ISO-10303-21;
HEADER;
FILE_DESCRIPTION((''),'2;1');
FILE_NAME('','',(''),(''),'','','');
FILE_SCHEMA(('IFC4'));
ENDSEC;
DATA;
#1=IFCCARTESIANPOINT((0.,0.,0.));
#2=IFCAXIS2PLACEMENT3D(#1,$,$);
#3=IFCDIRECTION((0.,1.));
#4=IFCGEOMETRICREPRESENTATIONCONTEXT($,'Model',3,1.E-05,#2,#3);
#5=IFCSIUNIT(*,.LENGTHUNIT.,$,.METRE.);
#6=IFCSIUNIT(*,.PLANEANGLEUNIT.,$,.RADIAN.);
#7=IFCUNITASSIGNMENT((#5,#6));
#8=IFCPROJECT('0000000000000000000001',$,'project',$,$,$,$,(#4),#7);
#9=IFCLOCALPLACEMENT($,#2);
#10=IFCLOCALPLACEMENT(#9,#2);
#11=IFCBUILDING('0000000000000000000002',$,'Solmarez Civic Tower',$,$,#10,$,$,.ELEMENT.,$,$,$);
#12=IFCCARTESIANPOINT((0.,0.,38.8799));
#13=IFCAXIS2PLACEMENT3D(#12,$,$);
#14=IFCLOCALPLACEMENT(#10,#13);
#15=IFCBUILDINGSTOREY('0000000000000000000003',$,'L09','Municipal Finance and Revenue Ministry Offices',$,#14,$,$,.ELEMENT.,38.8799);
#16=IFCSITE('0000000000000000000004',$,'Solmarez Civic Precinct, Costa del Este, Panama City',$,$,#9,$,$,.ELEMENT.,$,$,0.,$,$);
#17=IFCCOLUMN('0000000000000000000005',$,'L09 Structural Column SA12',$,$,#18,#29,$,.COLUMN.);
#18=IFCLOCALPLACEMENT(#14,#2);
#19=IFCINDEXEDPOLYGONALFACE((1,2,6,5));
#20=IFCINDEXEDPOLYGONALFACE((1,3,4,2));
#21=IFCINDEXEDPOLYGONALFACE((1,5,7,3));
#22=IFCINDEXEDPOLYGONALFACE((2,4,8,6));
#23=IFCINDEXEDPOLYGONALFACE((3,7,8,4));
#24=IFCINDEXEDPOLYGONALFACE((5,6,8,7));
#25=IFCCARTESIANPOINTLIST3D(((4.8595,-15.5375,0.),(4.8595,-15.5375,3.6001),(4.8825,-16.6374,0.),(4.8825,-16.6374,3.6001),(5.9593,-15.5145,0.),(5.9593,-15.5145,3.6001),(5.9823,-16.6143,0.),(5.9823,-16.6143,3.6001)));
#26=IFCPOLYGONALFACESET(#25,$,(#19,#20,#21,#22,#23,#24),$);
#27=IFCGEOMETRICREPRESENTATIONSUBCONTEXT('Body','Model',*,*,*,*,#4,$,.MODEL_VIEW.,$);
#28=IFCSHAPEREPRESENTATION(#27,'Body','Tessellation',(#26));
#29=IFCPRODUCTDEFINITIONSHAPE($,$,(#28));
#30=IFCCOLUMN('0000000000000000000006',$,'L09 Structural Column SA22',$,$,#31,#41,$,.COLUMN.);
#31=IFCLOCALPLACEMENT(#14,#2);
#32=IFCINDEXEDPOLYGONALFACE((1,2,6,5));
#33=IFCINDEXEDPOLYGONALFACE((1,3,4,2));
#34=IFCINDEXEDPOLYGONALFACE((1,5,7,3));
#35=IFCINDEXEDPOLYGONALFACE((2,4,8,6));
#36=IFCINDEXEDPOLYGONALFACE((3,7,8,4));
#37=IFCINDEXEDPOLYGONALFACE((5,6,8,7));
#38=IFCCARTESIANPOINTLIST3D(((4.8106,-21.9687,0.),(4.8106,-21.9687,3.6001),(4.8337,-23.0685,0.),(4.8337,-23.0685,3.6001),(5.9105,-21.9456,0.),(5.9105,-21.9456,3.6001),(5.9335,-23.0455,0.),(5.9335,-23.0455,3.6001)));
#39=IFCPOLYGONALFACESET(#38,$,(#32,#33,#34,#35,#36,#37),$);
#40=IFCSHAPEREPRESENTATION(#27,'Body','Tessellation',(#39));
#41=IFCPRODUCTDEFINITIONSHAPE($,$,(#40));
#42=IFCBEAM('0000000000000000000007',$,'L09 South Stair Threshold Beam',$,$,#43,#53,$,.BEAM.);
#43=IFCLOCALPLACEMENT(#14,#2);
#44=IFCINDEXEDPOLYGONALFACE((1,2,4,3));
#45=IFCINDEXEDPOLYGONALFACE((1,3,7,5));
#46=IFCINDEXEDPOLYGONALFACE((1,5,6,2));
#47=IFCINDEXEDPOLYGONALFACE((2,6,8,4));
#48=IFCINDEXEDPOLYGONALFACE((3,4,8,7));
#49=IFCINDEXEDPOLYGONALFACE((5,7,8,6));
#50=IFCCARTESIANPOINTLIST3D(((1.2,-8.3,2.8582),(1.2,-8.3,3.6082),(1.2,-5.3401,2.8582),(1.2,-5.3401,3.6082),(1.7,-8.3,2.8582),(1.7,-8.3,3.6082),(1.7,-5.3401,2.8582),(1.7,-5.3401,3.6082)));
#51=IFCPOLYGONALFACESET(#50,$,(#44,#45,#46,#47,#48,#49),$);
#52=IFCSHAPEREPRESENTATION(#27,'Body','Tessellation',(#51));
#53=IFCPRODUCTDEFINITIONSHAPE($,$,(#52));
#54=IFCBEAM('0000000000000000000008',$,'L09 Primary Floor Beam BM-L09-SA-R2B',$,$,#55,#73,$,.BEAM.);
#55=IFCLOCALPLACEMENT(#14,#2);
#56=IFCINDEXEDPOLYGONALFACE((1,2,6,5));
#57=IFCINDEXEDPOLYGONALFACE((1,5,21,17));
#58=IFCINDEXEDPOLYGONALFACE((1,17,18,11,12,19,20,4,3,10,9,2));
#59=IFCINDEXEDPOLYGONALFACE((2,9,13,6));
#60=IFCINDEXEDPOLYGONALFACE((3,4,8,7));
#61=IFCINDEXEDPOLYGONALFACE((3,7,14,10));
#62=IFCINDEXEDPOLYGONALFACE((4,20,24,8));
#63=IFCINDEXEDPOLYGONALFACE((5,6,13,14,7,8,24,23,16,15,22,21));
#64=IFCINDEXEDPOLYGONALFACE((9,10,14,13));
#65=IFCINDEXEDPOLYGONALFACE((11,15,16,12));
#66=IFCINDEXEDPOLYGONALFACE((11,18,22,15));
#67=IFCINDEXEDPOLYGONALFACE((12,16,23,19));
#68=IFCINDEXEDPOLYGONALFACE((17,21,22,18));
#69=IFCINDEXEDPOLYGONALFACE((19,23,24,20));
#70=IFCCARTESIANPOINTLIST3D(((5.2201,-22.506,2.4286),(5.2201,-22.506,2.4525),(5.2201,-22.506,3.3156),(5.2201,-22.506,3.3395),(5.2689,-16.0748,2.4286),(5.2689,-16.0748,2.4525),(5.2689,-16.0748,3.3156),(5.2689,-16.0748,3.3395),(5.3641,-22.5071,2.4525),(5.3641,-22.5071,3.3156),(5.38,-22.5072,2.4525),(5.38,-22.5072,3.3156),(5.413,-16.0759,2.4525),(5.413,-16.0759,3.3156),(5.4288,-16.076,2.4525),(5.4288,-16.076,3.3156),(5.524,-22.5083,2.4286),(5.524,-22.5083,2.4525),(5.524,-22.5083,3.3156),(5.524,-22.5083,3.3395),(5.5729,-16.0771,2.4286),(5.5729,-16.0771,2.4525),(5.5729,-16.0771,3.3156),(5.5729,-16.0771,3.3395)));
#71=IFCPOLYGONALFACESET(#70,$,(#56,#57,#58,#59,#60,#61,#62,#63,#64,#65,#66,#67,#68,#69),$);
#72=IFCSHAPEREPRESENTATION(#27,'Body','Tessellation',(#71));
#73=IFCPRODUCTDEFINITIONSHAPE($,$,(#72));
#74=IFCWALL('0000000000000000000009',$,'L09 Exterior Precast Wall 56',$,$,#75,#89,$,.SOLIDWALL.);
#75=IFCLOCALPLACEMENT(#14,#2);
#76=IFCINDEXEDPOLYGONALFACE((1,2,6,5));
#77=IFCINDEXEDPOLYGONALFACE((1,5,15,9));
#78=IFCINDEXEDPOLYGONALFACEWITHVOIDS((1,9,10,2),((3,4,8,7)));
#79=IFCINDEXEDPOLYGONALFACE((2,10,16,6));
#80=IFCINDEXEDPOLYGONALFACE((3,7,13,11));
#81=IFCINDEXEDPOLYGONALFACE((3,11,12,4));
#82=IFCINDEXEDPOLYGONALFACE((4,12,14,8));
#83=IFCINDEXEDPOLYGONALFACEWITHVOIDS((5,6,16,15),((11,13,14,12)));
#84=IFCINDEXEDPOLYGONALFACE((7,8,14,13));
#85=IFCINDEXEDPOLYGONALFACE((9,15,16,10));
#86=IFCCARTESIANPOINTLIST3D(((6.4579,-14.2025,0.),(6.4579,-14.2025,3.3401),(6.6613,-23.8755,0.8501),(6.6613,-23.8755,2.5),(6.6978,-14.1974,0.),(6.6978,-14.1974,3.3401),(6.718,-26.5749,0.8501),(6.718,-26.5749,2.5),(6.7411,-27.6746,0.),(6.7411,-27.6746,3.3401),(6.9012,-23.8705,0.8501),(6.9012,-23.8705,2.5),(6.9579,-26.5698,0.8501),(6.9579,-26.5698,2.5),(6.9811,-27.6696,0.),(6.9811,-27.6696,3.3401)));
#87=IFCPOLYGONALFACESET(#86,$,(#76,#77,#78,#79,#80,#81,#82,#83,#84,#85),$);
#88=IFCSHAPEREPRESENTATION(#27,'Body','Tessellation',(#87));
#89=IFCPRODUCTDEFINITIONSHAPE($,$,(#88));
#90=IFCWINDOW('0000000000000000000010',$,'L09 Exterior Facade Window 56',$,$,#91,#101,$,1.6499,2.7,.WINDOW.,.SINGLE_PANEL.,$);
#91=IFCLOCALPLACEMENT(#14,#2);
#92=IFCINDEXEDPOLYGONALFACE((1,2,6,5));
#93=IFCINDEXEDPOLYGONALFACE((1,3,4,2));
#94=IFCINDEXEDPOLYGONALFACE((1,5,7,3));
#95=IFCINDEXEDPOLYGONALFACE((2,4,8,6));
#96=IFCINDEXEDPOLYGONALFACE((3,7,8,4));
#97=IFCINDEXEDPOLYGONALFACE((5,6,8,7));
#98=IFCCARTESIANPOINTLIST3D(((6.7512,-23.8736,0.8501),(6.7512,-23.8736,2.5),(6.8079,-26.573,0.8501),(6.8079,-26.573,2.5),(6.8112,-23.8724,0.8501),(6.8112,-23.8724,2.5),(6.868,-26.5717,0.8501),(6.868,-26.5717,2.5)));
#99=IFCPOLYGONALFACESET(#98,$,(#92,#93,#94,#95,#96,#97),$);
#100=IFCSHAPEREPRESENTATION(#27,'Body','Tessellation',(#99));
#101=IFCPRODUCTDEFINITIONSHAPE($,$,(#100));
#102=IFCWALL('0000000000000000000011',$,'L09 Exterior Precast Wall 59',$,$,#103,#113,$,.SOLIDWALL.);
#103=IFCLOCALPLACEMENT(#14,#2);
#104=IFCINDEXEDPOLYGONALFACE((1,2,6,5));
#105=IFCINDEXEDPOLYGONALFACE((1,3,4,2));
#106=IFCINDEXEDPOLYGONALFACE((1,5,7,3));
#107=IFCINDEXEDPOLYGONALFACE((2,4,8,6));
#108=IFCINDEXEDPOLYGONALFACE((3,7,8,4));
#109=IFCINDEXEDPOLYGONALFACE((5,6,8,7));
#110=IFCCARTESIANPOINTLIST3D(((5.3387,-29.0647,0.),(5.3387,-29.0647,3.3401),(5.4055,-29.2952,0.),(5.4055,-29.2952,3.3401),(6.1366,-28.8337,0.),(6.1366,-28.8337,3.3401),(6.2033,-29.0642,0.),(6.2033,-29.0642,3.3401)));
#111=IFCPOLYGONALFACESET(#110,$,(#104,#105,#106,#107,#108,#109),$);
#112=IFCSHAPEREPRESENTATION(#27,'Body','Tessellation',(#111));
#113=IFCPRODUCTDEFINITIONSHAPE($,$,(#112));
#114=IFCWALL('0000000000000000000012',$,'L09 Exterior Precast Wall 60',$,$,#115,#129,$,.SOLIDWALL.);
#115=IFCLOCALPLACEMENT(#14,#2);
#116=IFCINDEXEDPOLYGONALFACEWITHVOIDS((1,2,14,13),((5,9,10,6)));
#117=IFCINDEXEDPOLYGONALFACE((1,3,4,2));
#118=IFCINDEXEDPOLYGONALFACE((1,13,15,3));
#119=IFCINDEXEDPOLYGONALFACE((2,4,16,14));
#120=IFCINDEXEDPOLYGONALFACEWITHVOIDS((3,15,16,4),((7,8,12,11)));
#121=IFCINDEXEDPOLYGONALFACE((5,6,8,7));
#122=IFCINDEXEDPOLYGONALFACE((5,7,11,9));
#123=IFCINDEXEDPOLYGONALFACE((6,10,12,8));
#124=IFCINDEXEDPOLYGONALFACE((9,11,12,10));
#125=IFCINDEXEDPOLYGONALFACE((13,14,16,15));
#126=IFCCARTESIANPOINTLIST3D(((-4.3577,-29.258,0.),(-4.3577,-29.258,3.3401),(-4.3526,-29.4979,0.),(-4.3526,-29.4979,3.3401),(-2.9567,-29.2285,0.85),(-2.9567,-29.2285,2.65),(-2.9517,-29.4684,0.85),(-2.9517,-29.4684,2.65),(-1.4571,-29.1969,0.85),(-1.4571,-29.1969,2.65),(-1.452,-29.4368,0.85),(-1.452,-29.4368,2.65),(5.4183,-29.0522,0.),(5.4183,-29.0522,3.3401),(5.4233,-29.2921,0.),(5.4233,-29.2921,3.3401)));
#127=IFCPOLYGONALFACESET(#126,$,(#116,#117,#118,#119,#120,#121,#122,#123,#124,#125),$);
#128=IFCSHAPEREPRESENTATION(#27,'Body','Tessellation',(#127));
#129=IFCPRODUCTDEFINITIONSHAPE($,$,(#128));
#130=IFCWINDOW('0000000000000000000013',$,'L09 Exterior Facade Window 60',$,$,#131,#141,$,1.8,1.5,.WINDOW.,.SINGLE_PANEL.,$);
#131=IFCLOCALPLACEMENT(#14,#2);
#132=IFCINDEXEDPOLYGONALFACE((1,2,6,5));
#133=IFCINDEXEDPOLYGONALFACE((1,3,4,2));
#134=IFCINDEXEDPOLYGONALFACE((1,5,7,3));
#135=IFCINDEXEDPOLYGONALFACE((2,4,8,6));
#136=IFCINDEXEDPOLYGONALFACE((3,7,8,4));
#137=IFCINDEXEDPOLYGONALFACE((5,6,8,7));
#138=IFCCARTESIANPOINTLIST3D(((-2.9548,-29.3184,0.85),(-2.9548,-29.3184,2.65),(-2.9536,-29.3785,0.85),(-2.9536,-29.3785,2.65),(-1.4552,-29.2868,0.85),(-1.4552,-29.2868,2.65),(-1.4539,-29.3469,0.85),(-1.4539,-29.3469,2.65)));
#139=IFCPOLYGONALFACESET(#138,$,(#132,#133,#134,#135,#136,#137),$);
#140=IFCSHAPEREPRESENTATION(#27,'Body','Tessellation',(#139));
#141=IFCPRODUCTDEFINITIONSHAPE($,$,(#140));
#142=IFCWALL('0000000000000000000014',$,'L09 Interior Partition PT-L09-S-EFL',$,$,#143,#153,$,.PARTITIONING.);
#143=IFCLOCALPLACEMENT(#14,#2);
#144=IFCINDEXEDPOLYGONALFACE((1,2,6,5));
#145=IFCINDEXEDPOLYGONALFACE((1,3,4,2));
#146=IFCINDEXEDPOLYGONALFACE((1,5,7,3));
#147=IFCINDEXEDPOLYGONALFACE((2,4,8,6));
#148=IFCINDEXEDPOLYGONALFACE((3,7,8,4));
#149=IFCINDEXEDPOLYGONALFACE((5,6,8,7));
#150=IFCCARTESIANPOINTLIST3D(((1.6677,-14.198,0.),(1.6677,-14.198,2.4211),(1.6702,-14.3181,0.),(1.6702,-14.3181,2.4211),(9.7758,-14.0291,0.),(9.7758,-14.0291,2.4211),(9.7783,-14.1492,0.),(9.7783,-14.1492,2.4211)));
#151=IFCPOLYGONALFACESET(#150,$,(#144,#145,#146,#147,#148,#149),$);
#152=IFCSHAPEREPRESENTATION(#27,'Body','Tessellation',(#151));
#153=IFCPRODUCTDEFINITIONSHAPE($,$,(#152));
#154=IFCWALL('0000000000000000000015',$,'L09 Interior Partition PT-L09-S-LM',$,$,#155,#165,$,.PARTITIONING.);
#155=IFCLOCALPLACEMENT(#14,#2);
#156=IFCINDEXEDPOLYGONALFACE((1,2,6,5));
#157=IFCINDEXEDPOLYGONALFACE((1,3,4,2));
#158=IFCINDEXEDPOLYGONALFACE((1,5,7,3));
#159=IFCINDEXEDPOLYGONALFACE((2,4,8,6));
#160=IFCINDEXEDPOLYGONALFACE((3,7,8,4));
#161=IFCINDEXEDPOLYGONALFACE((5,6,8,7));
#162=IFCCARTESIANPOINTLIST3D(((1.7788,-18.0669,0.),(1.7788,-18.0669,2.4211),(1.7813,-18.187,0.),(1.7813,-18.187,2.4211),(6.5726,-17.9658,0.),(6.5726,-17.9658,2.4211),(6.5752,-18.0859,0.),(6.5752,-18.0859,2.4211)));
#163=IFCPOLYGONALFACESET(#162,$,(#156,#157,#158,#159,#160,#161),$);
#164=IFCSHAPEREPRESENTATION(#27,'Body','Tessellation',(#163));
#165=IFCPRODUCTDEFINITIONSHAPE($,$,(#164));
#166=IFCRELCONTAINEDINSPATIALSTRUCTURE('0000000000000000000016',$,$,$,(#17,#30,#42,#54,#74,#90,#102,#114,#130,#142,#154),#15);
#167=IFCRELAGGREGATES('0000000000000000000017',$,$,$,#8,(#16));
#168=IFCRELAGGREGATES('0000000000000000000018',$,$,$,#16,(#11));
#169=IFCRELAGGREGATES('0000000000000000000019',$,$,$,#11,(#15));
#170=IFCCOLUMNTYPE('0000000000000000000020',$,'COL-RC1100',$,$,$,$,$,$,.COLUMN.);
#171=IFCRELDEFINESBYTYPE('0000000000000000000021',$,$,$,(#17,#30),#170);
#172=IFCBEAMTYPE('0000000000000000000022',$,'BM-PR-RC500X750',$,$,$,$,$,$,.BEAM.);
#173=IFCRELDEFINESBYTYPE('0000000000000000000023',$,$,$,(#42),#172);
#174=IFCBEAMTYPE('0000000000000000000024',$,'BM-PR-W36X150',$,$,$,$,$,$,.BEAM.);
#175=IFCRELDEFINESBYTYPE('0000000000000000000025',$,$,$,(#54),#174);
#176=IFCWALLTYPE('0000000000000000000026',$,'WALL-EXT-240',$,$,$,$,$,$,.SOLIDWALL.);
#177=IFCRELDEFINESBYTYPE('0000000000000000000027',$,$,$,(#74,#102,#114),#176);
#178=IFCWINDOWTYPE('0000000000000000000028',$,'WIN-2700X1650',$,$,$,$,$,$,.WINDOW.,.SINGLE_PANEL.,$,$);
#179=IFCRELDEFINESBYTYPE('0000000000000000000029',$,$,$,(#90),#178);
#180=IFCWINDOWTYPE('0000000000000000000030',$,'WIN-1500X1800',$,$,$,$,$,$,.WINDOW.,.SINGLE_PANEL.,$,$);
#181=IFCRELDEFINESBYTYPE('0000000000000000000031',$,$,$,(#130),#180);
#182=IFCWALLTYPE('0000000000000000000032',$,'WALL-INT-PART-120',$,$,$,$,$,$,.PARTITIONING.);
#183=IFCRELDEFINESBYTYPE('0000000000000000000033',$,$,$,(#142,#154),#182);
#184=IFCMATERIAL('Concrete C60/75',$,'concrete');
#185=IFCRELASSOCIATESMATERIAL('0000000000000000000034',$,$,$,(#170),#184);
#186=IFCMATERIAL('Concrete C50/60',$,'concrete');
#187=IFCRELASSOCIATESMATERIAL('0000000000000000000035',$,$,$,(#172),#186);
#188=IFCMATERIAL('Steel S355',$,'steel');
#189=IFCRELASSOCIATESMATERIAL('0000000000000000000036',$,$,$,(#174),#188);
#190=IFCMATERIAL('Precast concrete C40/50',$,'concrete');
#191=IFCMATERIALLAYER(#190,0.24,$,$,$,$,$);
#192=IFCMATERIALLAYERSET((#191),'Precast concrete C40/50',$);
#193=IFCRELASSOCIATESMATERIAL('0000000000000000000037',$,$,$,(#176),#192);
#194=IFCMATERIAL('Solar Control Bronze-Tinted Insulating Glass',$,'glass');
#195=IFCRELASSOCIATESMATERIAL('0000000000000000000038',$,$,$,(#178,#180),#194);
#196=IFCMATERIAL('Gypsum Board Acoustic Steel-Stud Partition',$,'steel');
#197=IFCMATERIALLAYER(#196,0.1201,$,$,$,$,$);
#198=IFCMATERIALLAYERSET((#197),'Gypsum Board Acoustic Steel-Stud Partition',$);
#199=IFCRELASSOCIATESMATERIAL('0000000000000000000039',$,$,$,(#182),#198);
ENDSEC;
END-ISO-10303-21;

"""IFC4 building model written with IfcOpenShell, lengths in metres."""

from ifc_helpers import new_model, si_unit, direction, frame, frame_2d, origin, origin_2d, place, context, subcontext, project, spatial, rectangle, i_section, extrude, material, layer, layer_set, material_profile, profile_set, type_object, element, fill, save


model = new_model("IFC4")

# Units and contexts
model_context = context("Model", 3, precision=1e-05, world=origin(), true_north=direction((0.0, 1.0)))
body_context = subcontext(model_context, "Body", "Model", "MODEL_VIEW")
ifc_project = project(units=[si_unit("LENGTHUNIT", "METRE"), si_unit("PLANEANGLEUNIT", "RADIAN")], contexts=[model_context])

# Site, building, storey
site_placement = place(None, origin())
site = spatial("IfcSite", under=ifc_project, at=site_placement, Name="Solmarez Civic Precinct, Costa del Este, Panama City", CompositionType="ELEMENT", RefElevation=0.0)
building_placement = place(site_placement, origin())
building = spatial("IfcBuilding", under=site, at=building_placement, Name="Solmarez Civic Tower", CompositionType="ELEMENT")
storey_placement = place(building_placement, frame((0.0, 0.0, 38.8799)))
storey = spatial("IfcBuildingStorey", under=building, at=storey_placement, Name="L09", Description="Municipal Finance and Revenue Ministry Offices", CompositionType="ELEMENT", Elevation=38.8799)

# Columns
ifc_material_1 = material(Name="Concrete C60/75", Category="concrete")
ifc_material_profile_1 = material_profile(ifc_material_1, rectangle(XDim=1.1001, YDim=1.1001, at=origin_2d()), Name="RC1100X1100")
ifc_profile_set_1 = profile_set([ifc_material_profile_1], Name="Concrete C60/75")
column_type = type_object("IfcColumnType", Name="COL-RC1100", PredefinedType="COLUMN", material=ifc_profile_set_1)
for number, where, z_axis, x_axis, name in (
    (1, (5.4209, -16.0759, 0.0), (0.0, 0.0, 1.0), (0.999781, 0.020942, 0.0), "L09 Structural Column SA12"),
    (2, (5.3721, -22.5071, 0.0), (0.0, 0.0, 1.0), (0.999781, 0.020942, 0.0), "L09 Structural Column SA22"),
):
    element("IfcColumn", number, at=place(storey_placement, frame(where, z_axis=z_axis, x_axis=x_axis)), inside=storey, type_object=column_type, Name=name, PredefinedType="COLUMN", context=body_context, shape_type="SweptSolid", body=[
        extrude(rectangle(XDim=1.1001, YDim=1.1001, at=origin_2d()), origin(), (0.0, 0.0, 1.0), 3.6001),
    ])

# Beams
ifc_material_2 = material(Name="Concrete C50/60", Category="concrete")
ifc_material_profile_2 = material_profile(ifc_material_2, rectangle(XDim=0.5, YDim=0.75, at=origin_2d()), Name="RC500X750")
ifc_profile_set_2 = profile_set([ifc_material_profile_2], Name="Concrete C50/60")
beam_type_1 = type_object("IfcBeamType", Name="BM-PR-RC500X750", PredefinedType="BEAM", material=ifc_profile_set_2)
beam_1_placement = place(storey_placement, frame((1.45, -8.3, 3.2332), z_axis=(0.0, 1.0, 0.0), x_axis=(-1.0, 0.0, 0.0)))
element("IfcBeam", 3, at=beam_1_placement, inside=storey, type_object=beam_type_1, Name="L09 South Stair Threshold Beam", PredefinedType="BEAM", context=body_context, shape_type="SweptSolid", body=[
    extrude(rectangle(XDim=0.5, YDim=0.75, at=origin_2d()), origin(), (0.0, 0.0, 1.0), 2.96),
])
ifc_material_3 = material(Name="Steel S355", Category="steel")
ifc_material_profile_3 = material_profile(ifc_material_3, i_section(OverallWidth=0.304, OverallDepth=0.9109, WebThickness=0.0159, FlangeThickness=0.0239, at=origin_2d()), Name="W36X150")
ifc_profile_set_3 = profile_set([ifc_material_profile_3], Name="Steel S355")
beam_type_2 = type_object("IfcBeamType", Name="BM-PR-W36X150", PredefinedType="BEAM", material=ifc_profile_set_3)
beam_2_placement = place(storey_placement, frame((5.4209, -16.0759, 2.884), z_axis=(-0.007592, -0.999971, 0.0), x_axis=(0.999971, -0.007592, 0.0)))
element("IfcBeam", 4, at=beam_2_placement, inside=storey, type_object=beam_type_2, Name="L09 Primary Floor Beam BM-L09-SA-R2B", PredefinedType="BEAM", context=body_context, shape_type="SweptSolid", body=[
    extrude(i_section(OverallWidth=0.304, OverallDepth=0.9109, WebThickness=0.0159, FlangeThickness=0.0239, at=origin_2d()), origin(), (0.0, 0.0, 1.0), 6.4314),
])

# Wall, opening, window
ifc_material_4 = material(Name="Precast concrete C40/50", Category="concrete")
ifc_layer_1 = layer(ifc_material_4, 0.24)
ifc_layer_set_1 = layer_set([ifc_layer_1], Name="Precast concrete C40/50")
wall_type_1 = type_object("IfcWallType", Name="WALL-EXT-240", PredefinedType="SOLIDWALL", material=ifc_layer_set_1)
wall_1_placement = place(storey_placement, frame((6.5779, -14.2, 0.0), z_axis=(0.0, 0.0, 1.0), x_axis=(0.021017, -0.999779, 0.0)))
wall_1 = element("IfcWall", 5, at=wall_1_placement, inside=storey, type_object=wall_type_1, Name="L09 Exterior Precast Wall 56", PredefinedType="SOLIDWALL", context=body_context, shape_type="SweptSolid", body=[
    extrude(rectangle(XDim=13.4751, YDim=0.24, at=frame_2d((6.7375, 0.0))), origin(), (0.0, 0.0, 1.0), 3.3401),
])
opening_1_placement = place(wall_1_placement, frame((9.675, 0.0, 0.8501)))
opening_1 = element("IfcOpeningElement", 6, at=opening_1_placement, cuts=wall_1, PredefinedType="OPENING", context=body_context, shape_type="SweptSolid", body=[
    extrude(rectangle(XDim=2.7, YDim=1.6499, at=frame_2d((1.3501, 0.825))), frame((0.0, 0.1299, 0.0), z_axis=(0.0, -1.0, 0.0), x_axis=(1.0, 0.0, 0.0)), (0.0, 0.0, 1.0), 0.26),
])
ifc_material_5 = material(Name="Solar Control Bronze-Tinted Insulating Glass", Category="glass")
window_type_1 = type_object("IfcWindowType", Name="WIN-2700X1650", PartitioningType="SINGLE_PANEL", PredefinedType="WINDOW", material=ifc_material_5)
window_1_placement = place(opening_1_placement, origin())
window_1 = element("IfcWindow", 7, at=window_1_placement, inside=storey, type_object=window_type_1, Name="L09 Exterior Facade Window 56", OverallHeight=1.6499, OverallWidth=2.7, PartitioningType="SINGLE_PANEL", PredefinedType="WINDOW", context=body_context, shape_type="SweptSolid", body=[
    extrude(rectangle(XDim=2.7, YDim=1.6499, at=frame_2d((1.3501, 0.825))), frame((0.0, 0.03, 0.0), z_axis=(0.0, -1.0, 0.0), x_axis=(1.0, 0.0, 0.0)), (0.0, 0.0, 1.0), 0.0601),
])
fill(opening_1, window_1)

# Wall
wall_2_placement = place(storey_placement, frame((6.1699, -28.949, 0.0), z_axis=(0.0, 0.0, 1.0), x_axis=(-0.960564, -0.278058, 0.0)))
element("IfcWall", 8, at=wall_2_placement, inside=storey, type_object=wall_type_1, Name="L09 Exterior Precast Wall 59", PredefinedType="SOLIDWALL", context=body_context, shape_type="SweptSolid", body=[
    extrude(rectangle(XDim=0.8306, YDim=0.24, at=frame_2d((0.4153, 0.0))), origin(), (0.0, 0.0, 1.0), 3.3401),
])

# Wall, opening, window
wall_3_placement = place(storey_placement, frame((5.4209, -29.1721, 0.0), z_axis=(0.0, 0.0, 1.0), x_axis=(-0.999778, -0.021048, 0.0)))
wall_3 = element("IfcWall", 9, at=wall_3_placement, inside=storey, type_object=wall_type_1, Name="L09 Exterior Precast Wall 60", PredefinedType="SOLIDWALL", context=body_context, shape_type="SweptSolid", body=[
    extrude(rectangle(XDim=9.7781, YDim=0.24, at=frame_2d((4.8892, 0.0))), origin(), (0.0, 0.0, 1.0), 3.3401),
])
opening_2_placement = place(wall_3_placement, frame((6.877, 0.0, 0.8501)))
opening_2 = element("IfcOpeningElement", 10, at=opening_2_placement, cuts=wall_3, PredefinedType="OPENING", context=body_context, shape_type="SweptSolid", body=[
    extrude(rectangle(XDim=1.5, YDim=1.8, at=frame_2d((0.75, 0.8999))), frame((0.0, 0.1299, 0.0), z_axis=(0.0, -1.0, 0.0), x_axis=(1.0, 0.0, 0.0)), (0.0, 0.0, 1.0), 0.26),
])
window_type_2 = type_object("IfcWindowType", Name="WIN-1500X1800", PartitioningType="SINGLE_PANEL", PredefinedType="WINDOW", material=ifc_material_5)
window_2_placement = place(opening_2_placement, origin())
window_2 = element("IfcWindow", 11, at=window_2_placement, inside=storey, type_object=window_type_2, Name="L09 Exterior Facade Window 60", OverallHeight=1.8, OverallWidth=1.5, PartitioningType="SINGLE_PANEL", PredefinedType="WINDOW", context=body_context, shape_type="SweptSolid", body=[
    extrude(rectangle(XDim=1.5, YDim=1.8, at=frame_2d((0.75, 0.8999))), frame((0.0, 0.03, 0.0), z_axis=(0.0, -1.0, 0.0), x_axis=(1.0, 0.0, 0.0)), (0.0, 0.0, 1.0), 0.0601),
])
fill(opening_2, window_2)

# Walls
ifc_material_6 = material(Name="Gypsum Board Acoustic Steel-Stud Partition", Category="steel")
ifc_layer_2 = layer(ifc_material_6, 0.1201)
ifc_layer_set_2 = layer_set([ifc_layer_2], Name="Gypsum Board Acoustic Steel-Stud Partition")
wall_type_2 = type_object("IfcWallType", Name="WALL-INT-PART-120", PredefinedType="PARTITIONING", material=ifc_layer_set_2)
wall_4_placement = place(storey_placement, frame((1.6689, -14.2581, 0.0), z_axis=(0.0, 0.0, 1.0), x_axis=(0.999783, 0.020832, 0.0)))
element("IfcWall", 12, at=wall_4_placement, inside=storey, type_object=wall_type_2, Name="L09 Interior Partition PT-L09-S-EFL", PredefinedType="PARTITIONING", context=body_context, shape_type="SweptSolid", body=[
    extrude(rectangle(XDim=8.1099, YDim=0.1201, at=frame_2d((4.0549, 0.0))), origin(), (0.0, 0.0, 1.0), 2.4211),
])
wall_5_placement = place(storey_placement, frame((1.78, -18.127, 0.0), z_axis=(0.0, 0.0, 1.0), x_axis=(0.999778, 0.021079, 0.0)))
element("IfcWall", 13, at=wall_5_placement, inside=storey, type_object=wall_type_2, Name="L09 Interior Partition PT-L09-S-LM", PredefinedType="PARTITIONING", context=body_context, shape_type="SweptSolid", body=[
    extrude(rectangle(XDim=4.7949, YDim=0.1201, at=frame_2d((2.3975, 0.0))), origin(), (0.0, 0.0, 1.0), 2.4211),
])

save(model, "model.ifc")
